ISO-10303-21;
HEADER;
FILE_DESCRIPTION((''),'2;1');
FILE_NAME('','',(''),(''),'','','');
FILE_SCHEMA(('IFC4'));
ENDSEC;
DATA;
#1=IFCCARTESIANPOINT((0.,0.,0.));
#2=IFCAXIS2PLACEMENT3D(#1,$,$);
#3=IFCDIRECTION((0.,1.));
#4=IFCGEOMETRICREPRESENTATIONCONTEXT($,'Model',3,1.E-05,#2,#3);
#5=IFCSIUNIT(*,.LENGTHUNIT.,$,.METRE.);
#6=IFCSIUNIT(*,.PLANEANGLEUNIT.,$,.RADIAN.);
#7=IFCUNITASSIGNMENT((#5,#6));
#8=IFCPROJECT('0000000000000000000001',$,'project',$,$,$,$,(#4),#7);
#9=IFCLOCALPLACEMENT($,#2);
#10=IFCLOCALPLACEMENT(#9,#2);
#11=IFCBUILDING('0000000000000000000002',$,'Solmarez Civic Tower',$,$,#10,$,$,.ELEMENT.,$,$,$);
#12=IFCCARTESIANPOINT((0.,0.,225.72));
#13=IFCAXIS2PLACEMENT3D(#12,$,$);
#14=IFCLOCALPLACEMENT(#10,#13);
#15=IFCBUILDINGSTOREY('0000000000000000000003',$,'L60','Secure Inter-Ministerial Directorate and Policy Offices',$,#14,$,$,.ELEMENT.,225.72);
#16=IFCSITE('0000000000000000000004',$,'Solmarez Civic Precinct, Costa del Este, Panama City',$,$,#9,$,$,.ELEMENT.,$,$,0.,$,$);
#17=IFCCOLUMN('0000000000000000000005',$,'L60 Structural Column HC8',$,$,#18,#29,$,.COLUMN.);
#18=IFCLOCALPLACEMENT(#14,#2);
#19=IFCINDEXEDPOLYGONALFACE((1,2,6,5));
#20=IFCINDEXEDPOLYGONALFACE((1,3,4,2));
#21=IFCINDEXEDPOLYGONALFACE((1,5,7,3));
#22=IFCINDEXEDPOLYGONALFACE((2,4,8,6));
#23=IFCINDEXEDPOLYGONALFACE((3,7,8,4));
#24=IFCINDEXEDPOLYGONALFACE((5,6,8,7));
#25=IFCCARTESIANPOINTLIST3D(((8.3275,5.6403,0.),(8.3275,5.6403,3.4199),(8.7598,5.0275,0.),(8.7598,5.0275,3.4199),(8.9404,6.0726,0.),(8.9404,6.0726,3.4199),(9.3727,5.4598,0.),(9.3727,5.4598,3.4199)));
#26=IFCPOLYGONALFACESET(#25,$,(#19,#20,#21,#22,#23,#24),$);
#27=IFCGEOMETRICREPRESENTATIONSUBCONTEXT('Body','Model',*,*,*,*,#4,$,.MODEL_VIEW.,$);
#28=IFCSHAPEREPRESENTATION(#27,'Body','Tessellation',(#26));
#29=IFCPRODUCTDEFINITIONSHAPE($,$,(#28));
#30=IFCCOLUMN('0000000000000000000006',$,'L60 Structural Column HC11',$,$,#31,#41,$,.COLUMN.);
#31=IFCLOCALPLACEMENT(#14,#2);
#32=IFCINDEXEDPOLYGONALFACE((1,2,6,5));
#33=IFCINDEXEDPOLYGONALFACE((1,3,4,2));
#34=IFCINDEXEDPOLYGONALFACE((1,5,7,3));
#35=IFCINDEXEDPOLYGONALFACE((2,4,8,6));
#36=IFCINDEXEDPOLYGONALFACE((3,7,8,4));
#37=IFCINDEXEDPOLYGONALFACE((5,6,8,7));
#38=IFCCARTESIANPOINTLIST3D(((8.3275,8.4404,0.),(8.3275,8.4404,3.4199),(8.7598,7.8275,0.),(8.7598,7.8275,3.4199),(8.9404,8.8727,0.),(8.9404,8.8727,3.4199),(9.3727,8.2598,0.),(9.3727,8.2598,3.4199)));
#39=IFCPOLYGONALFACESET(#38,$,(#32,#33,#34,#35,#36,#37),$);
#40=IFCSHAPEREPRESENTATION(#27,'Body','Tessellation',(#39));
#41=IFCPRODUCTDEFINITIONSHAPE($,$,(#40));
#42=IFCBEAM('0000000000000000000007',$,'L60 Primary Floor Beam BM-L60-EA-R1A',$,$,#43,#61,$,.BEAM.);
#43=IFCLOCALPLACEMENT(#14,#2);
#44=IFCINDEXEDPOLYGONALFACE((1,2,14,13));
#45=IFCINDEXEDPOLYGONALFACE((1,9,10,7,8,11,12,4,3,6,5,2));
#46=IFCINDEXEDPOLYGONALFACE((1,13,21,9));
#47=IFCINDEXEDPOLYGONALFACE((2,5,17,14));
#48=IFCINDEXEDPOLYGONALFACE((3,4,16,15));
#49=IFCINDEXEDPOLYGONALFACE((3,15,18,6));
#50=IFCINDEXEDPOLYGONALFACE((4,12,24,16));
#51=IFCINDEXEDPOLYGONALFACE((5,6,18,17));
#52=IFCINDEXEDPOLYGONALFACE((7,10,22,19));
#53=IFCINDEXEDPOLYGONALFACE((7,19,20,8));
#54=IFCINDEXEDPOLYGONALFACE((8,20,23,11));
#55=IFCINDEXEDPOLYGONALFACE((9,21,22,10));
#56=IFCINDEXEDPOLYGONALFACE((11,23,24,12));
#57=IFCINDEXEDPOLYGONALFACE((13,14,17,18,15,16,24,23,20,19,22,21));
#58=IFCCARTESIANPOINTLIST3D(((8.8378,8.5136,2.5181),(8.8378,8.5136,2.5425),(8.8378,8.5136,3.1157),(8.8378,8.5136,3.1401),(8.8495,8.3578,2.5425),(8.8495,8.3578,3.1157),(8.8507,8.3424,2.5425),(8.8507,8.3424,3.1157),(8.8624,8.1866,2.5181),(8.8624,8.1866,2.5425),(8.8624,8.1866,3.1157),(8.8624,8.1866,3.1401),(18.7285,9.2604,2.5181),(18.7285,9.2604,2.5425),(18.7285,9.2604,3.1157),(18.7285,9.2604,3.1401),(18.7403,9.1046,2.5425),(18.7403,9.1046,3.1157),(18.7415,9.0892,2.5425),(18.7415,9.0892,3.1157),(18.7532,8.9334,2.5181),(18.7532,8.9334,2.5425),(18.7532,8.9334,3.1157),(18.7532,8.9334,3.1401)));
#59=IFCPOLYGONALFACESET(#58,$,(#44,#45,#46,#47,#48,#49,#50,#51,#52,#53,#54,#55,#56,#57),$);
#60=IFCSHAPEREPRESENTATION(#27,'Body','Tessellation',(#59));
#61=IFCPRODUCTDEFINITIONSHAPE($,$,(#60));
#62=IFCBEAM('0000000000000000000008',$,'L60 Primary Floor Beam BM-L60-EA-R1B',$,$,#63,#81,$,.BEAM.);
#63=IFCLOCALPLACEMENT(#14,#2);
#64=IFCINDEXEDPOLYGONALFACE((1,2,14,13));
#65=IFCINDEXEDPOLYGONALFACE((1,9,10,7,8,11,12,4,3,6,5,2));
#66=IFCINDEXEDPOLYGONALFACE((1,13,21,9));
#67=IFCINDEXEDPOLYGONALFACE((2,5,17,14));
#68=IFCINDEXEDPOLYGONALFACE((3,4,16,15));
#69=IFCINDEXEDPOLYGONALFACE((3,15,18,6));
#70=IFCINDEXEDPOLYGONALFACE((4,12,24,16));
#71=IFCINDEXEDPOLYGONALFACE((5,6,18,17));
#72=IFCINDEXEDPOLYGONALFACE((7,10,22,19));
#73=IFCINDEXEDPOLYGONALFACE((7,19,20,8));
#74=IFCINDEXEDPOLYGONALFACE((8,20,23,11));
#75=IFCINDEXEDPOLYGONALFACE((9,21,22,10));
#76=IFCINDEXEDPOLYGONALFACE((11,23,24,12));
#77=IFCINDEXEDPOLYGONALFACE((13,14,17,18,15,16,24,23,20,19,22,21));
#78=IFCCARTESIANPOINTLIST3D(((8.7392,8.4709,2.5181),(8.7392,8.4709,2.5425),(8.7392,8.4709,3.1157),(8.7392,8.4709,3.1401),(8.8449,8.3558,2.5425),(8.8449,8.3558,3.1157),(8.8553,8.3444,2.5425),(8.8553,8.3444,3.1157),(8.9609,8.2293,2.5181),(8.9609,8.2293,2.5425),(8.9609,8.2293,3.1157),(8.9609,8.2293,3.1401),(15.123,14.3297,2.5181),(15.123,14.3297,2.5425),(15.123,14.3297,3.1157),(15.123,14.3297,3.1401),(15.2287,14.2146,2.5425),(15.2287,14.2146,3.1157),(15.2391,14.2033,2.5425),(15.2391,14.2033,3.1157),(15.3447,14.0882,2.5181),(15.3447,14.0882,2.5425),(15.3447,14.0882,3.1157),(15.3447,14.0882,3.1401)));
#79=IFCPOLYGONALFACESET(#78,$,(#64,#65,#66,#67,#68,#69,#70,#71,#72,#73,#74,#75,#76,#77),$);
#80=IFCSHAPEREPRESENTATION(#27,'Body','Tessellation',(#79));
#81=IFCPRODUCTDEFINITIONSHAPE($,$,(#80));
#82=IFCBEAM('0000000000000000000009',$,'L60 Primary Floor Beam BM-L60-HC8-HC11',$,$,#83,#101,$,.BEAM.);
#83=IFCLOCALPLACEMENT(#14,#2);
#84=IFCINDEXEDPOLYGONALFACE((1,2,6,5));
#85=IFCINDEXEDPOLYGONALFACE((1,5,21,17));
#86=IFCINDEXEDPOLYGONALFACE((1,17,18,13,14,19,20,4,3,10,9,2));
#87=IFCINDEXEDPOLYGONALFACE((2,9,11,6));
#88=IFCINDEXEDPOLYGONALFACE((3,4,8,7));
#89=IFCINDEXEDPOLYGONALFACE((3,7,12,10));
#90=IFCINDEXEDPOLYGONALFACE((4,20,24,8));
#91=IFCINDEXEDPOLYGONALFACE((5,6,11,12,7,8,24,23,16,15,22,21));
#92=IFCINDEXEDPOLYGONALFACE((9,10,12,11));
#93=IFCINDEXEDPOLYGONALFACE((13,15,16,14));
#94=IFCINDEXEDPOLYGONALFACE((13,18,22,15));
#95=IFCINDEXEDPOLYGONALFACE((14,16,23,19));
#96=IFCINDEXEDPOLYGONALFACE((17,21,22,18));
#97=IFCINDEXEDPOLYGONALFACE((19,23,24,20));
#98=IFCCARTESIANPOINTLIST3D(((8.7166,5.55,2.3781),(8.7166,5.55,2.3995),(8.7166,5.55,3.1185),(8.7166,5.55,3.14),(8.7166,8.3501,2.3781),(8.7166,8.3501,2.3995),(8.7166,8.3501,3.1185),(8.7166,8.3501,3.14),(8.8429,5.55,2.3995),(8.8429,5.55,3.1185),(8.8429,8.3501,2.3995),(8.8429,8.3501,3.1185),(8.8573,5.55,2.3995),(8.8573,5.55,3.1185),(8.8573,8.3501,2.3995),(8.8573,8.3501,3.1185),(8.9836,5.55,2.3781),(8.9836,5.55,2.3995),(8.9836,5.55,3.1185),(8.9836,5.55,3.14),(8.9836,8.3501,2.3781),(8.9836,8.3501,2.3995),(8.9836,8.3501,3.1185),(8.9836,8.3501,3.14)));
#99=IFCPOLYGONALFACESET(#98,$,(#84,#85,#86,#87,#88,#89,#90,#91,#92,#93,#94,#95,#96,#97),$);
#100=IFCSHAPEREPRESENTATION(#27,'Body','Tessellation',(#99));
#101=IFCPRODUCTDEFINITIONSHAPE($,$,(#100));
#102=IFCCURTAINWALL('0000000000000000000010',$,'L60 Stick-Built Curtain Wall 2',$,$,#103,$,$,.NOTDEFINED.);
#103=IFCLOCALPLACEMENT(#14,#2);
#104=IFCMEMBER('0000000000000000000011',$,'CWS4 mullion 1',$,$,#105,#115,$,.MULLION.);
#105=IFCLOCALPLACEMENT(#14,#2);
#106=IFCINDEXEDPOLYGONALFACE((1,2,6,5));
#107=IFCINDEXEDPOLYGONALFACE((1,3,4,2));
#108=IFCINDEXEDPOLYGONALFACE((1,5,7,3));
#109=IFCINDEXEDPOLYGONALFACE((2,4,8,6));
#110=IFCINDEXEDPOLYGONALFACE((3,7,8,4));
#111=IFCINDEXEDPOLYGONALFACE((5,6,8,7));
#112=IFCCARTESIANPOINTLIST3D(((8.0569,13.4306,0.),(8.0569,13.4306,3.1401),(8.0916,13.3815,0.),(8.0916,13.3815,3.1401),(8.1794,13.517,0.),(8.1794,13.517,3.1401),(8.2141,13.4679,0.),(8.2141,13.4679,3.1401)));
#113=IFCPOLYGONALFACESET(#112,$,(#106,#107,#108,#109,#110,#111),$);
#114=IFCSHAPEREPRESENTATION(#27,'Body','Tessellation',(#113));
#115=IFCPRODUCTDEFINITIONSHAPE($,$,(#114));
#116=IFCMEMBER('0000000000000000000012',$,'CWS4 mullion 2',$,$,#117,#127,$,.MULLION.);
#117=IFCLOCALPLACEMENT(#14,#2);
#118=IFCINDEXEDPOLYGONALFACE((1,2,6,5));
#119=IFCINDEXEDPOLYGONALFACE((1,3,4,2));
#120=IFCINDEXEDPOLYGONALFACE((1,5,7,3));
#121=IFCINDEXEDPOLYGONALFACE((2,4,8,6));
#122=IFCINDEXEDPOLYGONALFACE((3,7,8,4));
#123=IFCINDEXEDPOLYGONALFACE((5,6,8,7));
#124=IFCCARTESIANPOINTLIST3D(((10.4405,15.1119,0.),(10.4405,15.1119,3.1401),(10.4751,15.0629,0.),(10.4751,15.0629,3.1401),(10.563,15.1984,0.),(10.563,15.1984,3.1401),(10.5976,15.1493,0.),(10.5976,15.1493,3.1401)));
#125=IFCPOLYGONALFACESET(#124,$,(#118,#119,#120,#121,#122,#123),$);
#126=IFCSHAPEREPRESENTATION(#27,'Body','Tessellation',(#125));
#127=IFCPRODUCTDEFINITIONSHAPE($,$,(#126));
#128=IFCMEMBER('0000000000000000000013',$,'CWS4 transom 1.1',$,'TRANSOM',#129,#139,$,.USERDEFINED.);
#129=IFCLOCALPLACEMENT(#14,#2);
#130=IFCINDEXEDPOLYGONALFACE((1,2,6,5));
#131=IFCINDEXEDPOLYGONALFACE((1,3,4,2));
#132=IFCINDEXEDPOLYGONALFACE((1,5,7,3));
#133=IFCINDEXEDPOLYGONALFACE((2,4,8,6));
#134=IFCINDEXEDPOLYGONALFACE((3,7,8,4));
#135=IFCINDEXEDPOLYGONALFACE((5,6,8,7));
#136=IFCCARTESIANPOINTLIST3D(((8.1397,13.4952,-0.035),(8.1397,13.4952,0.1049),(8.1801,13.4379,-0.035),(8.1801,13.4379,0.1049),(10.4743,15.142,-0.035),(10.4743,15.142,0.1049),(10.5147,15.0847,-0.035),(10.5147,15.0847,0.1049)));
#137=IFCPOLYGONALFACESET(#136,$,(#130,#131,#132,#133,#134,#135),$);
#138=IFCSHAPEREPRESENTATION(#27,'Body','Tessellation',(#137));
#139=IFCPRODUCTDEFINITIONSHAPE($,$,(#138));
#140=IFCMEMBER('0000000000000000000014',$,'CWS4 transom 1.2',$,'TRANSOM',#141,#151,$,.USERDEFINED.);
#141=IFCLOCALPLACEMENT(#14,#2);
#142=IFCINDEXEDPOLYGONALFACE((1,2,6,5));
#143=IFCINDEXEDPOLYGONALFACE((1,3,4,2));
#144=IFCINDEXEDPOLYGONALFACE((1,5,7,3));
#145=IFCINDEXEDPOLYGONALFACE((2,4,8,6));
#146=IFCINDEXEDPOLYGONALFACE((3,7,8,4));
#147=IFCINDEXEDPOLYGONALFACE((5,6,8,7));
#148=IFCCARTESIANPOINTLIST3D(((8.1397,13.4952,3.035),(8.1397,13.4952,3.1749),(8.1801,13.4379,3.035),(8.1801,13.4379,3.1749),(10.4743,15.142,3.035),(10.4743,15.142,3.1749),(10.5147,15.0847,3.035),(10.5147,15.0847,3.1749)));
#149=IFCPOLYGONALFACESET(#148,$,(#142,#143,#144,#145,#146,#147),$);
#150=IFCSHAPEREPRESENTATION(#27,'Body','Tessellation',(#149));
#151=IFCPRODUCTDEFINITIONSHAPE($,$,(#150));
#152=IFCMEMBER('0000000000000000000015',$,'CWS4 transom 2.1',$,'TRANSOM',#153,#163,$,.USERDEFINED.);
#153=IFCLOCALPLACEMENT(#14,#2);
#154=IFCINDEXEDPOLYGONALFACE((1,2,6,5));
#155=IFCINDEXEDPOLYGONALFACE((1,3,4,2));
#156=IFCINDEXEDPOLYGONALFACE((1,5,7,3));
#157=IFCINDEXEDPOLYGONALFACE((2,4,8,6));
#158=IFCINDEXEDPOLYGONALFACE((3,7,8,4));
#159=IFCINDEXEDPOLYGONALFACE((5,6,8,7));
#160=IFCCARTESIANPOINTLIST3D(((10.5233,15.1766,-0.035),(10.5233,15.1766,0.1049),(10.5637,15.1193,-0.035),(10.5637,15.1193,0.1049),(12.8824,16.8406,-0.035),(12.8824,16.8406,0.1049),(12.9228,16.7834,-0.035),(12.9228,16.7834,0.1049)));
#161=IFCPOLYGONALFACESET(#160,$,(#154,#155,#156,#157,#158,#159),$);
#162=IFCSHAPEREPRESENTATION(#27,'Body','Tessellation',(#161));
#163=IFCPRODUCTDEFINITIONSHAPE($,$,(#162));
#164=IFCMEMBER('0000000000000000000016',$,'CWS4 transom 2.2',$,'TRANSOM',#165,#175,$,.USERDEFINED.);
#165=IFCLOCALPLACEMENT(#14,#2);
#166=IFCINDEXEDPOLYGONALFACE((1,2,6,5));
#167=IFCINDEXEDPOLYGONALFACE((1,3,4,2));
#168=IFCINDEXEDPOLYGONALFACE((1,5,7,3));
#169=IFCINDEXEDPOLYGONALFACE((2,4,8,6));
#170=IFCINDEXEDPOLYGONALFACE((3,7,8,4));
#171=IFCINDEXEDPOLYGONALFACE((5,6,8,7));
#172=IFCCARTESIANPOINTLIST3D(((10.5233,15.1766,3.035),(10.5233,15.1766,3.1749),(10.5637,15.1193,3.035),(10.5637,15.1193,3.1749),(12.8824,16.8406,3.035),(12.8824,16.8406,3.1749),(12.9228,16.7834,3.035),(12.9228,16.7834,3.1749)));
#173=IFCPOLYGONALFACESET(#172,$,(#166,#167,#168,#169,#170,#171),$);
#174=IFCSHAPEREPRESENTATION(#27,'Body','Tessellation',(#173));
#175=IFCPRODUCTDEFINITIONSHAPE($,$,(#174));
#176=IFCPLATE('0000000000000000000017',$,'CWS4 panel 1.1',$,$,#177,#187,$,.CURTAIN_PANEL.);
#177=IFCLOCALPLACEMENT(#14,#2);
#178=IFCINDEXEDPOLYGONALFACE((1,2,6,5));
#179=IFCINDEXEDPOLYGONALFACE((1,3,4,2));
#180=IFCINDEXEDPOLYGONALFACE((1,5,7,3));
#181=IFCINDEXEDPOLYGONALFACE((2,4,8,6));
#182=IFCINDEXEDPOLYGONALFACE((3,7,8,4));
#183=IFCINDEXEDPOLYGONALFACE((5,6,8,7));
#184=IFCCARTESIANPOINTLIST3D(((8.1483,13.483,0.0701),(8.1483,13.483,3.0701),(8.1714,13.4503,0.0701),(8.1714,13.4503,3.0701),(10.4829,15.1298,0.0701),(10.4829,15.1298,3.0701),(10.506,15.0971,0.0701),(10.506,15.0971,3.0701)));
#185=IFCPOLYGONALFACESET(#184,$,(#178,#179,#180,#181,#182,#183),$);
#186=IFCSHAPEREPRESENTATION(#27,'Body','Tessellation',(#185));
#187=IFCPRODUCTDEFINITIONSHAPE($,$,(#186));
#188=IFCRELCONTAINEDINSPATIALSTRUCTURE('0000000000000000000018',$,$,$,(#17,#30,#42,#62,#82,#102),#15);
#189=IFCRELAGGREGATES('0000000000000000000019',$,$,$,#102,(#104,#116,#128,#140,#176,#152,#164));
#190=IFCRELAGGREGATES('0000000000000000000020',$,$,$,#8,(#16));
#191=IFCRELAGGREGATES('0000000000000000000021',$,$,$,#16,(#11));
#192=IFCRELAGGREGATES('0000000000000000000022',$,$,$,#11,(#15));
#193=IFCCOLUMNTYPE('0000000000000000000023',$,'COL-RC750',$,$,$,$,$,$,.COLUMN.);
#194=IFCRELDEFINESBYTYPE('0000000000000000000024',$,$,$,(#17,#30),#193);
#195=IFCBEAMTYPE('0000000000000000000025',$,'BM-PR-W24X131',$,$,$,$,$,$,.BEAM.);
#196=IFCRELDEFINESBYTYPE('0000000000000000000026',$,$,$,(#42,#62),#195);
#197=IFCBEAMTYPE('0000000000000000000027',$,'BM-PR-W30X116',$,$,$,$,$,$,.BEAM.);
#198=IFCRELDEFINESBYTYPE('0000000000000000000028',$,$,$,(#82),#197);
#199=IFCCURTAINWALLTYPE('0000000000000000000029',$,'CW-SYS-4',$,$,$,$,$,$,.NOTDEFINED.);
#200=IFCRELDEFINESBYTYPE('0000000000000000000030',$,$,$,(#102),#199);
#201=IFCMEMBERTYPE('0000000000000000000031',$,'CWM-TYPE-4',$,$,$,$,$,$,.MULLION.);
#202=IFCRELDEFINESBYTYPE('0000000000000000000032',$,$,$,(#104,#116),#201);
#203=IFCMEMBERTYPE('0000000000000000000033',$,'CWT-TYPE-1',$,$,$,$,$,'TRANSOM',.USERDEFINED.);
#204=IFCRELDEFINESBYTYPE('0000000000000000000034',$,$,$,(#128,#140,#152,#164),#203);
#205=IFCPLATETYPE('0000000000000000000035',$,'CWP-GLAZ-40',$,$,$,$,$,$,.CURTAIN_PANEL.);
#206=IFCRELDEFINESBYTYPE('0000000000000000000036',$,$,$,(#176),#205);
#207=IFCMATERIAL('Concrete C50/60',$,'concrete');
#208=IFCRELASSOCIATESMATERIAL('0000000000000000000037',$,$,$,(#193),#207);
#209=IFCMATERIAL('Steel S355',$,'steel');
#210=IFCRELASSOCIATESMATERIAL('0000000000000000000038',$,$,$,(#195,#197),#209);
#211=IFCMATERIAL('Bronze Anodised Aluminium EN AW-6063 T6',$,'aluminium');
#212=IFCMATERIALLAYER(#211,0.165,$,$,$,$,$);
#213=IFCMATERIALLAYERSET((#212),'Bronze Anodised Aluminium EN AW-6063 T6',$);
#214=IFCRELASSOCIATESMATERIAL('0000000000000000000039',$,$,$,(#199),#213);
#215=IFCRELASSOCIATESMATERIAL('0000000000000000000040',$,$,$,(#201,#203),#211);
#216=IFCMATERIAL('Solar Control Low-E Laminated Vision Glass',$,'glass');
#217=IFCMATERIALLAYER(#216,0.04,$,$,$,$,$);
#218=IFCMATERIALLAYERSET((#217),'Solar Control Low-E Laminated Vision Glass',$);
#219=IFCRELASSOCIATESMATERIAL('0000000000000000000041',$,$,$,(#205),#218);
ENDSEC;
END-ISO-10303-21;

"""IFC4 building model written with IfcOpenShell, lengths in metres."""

from ifc_helpers import new_model, si_unit, direction, frame, origin, origin_2d, place, context, subcontext, project, spatial, rectangle, i_section, extrude, material, layer, layer_set, material_profile, profile_set, type_object, element, aggregate, save


model = new_model("IFC4")

# Units and contexts
model_context = context("Model", 3, precision=1e-05, world=origin(), true_north=direction((0.0, 1.0)))
body_context = subcontext(model_context, "Body", "Model", "MODEL_VIEW")
ifc_project = project(units=[si_unit("LENGTHUNIT", "METRE"), si_unit("PLANEANGLEUNIT", "RADIAN")], contexts=[model_context])

# Site, building, storey
site_placement = place(None, origin())
site = spatial("IfcSite", under=ifc_project, at=site_placement, Name="Solmarez Civic Precinct, Costa del Este, Panama City", CompositionType="ELEMENT", RefElevation=0.0)
building_placement = place(site_placement, origin())
building = spatial("IfcBuilding", under=site, at=building_placement, Name="Solmarez Civic Tower", CompositionType="ELEMENT")
storey_placement = place(building_placement, frame((0.0, 0.0, 225.72)))
storey = spatial("IfcBuildingStorey", under=building, at=storey_placement, Name="L60", Description="Secure Inter-Ministerial Directorate and Policy Offices", CompositionType="ELEMENT", Elevation=225.72)

# Columns
ifc_material_1 = material(Name="Concrete C50/60", Category="concrete")
ifc_material_profile_1 = material_profile(ifc_material_1, rectangle(XDim=0.75, YDim=0.75, at=origin_2d()), Name="RC750X750")
ifc_profile_set_1 = profile_set([ifc_material_profile_1], Name="Concrete C50/60")
column_type = type_object("IfcColumnType", Name="COL-RC750", PredefinedType="COLUMN", material=ifc_profile_set_1)
for number, where, z_axis, x_axis, name in (
    (1, (8.8501, 5.55, 0.0), (0.0, 0.0, 1.0), (0.817145, 0.576432, 0.0), "L60 Structural Column HC8"),
    (2, (8.8501, 8.3501, 0.0), (0.0, 0.0, 1.0), (0.817145, 0.576432, 0.0), "L60 Structural Column HC11"),
):
    element("IfcColumn", number, at=place(storey_placement, frame(where, z_axis=z_axis, x_axis=x_axis)), inside=storey, type_object=column_type, Name=name, PredefinedType="COLUMN", context=body_context, shape_type="SweptSolid", body=[
        extrude(rectangle(XDim=0.75, YDim=0.75, at=origin_2d()), origin(), (0.0, 0.0, 1.0), 3.4199),
    ])

# Beams
ifc_material_2 = material(Name="Steel S355", Category="steel")
ifc_material_profile_2 = material_profile(ifc_material_2, i_section(OverallWidth=0.3279, OverallDepth=0.6221, WebThickness=0.0154, FlangeThickness=0.0244, at=origin_2d()), Name="W24X131")
ifc_profile_set_2 = profile_set([ifc_material_profile_2], Name="Steel S355")
beam_type_1 = type_object("IfcBeamType", Name="BM-PR-W24X131", PredefinedType="BEAM", material=ifc_profile_set_2)
beam_1_placement = place(storey_placement, frame((8.8501, 8.3501, 2.8291), z_axis=(0.997162, 0.075292, 0.0), x_axis=(-0.075292, 0.997162, 0.0)))
element("IfcBeam", 3, at=beam_1_placement, inside=storey, type_object=beam_type_1, Name="L60 Primary Floor Beam BM-L60-EA-R1A", PredefinedType="BEAM", context=body_context, shape_type="SweptSolid", body=[
    extrude(i_section(OverallWidth=0.3279, OverallDepth=0.6221, WebThickness=0.0154, FlangeThickness=0.0244, at=origin_2d()), origin(), (0.0, 0.0, 1.0), 9.9189),
])
beam_2_placement = place(storey_placement, frame((8.8501, 8.3501, 2.8291), z_axis=(0.736747, 0.676169, 0.0), x_axis=(-0.676169, 0.736747, 0.0)))
element("IfcBeam", 4, at=beam_2_placement, inside=storey, type_object=beam_type_1, Name="L60 Primary Floor Beam BM-L60-EA-R1B", PredefinedType="BEAM", context=body_context, shape_type="SweptSolid", body=[
    extrude(i_section(OverallWidth=0.3279, OverallDepth=0.6221, WebThickness=0.0154, FlangeThickness=0.0244, at=origin_2d()), origin(), (0.0, 0.0, 1.0), 8.6648),
])
ifc_material_profile_3 = material_profile(ifc_material_2, i_section(OverallWidth=0.2671, OverallDepth=0.762, WebThickness=0.0144, FlangeThickness=0.0215, at=origin_2d()), Name="W30X116")
ifc_profile_set_3 = profile_set([ifc_material_profile_3], Name="Steel S355")
beam_type_2 = type_object("IfcBeamType", Name="BM-PR-W30X116", PredefinedType="BEAM", material=ifc_profile_set_3)
beam_3_placement = place(storey_placement, frame((8.8501, 5.55, 2.759), z_axis=(0.0, 1.0, 0.0), x_axis=(-1.0, 0.0, 0.0)))
element("IfcBeam", 5, at=beam_3_placement, inside=storey, type_object=beam_type_2, Name="L60 Primary Floor Beam BM-L60-HC8-HC11", PredefinedType="BEAM", context=body_context, shape_type="SweptSolid", body=[
    extrude(i_section(OverallWidth=0.2671, OverallDepth=0.762, WebThickness=0.0144, FlangeThickness=0.0215, at=origin_2d()), origin(), (0.0, 0.0, 1.0), 2.8),
])

# Curtain wall, members, plate
ifc_material_3 = material(Name="Bronze Anodised Aluminium EN AW-6063 T6", Category="aluminium")
ifc_layer_1 = layer(ifc_material_3, 0.165)
ifc_layer_set_1 = layer_set([ifc_layer_1], Name="Bronze Anodised Aluminium EN AW-6063 T6")
curtain_wall_type = type_object("IfcCurtainWallType", Name="CW-SYS-4", PredefinedType="NOTDEFINED", material=ifc_layer_set_1)
curtain_wall_placement = place(storey_placement, origin())
curtain_wall = element("IfcCurtainWall", 6, at=curtain_wall_placement, inside=storey, type_object=curtain_wall_type, Name="L60 Stick-Built Curtain Wall 2", PredefinedType="NOTDEFINED")
ifc_material_profile_4 = material_profile(ifc_material_3, rectangle(XDim=0.0601, YDim=0.1499, at=origin_2d()), Name="CWM-60X150")
ifc_profile_set_4 = profile_set([ifc_material_profile_4], Name="Bronze Anodised Aluminium EN AW-6063 T6")
member_type_1 = type_object("IfcMemberType", Name="CWM-TYPE-4", PredefinedType="MULLION", material=ifc_profile_set_4)
member_1_placement = place(storey_placement, frame((8.1355, 13.4492, 0.0), z_axis=(0.0, 0.0, 1.0), x_axis=(-0.576434, 0.817143, 0.0)))
member_1 = element("IfcMember", 7, at=member_1_placement, type_object=member_type_1, Name="CWS4 mullion 1", PredefinedType="MULLION", context=body_context, shape_type="SweptSolid", body=[
    extrude(rectangle(XDim=0.0601, YDim=0.1499, at=origin_2d()), origin(), (0.0, 0.0, 1.0), 3.1401),
])
member_2_placement = place(storey_placement, frame((10.519, 15.1306, 0.0), z_axis=(0.0, 0.0, 1.0), x_axis=(-0.576434, 0.817143, 0.0)))
member_2 = element("IfcMember", 8, at=member_2_placement, type_object=member_type_1, Name="CWS4 mullion 2", PredefinedType="MULLION", context=body_context, shape_type="SweptSolid", body=[
    extrude(rectangle(XDim=0.0601, YDim=0.1499, at=origin_2d()), origin(), (0.0, 0.0, 1.0), 3.1401),
])
ifc_material_profile_5 = material_profile(ifc_material_3, rectangle(XDim=0.0701, YDim=0.1399, at=origin_2d()), Name="CWT-70X140")
ifc_profile_set_5 = profile_set([ifc_material_profile_5], Name="Bronze Anodised Aluminium EN AW-6063 T6")
member_type_2 = type_object("IfcMemberType", Name="CWT-TYPE-1", ElementType="TRANSOM", PredefinedType="USERDEFINED", material=ifc_profile_set_5)
member_3_placement = place(storey_placement, frame((8.1599, 13.4666, 0.0349), z_axis=(0.817155, 0.576418, 0.0), x_axis=(-0.576418, 0.817155, 0.0)))
member_3 = element("IfcMember", 9, at=member_3_placement, type_object=member_type_2, Name="CWS4 transom 1.1", ObjectType="TRANSOM", PredefinedType="USERDEFINED", context=body_context, shape_type="SweptSolid", body=[
    extrude(rectangle(XDim=0.0701, YDim=0.1399, at=origin_2d()), origin(), (0.0, 0.0, 1.0), 2.8569),
])
member_4_placement = place(storey_placement, frame((8.1599, 13.4666, 3.105), z_axis=(0.817155, 0.576418, 0.0), x_axis=(-0.576418, 0.817155, 0.0)))
member_4 = element("IfcMember", 10, at=member_4_placement, type_object=member_type_2, Name="CWS4 transom 1.2", ObjectType="TRANSOM", PredefinedType="USERDEFINED", context=body_context, shape_type="SweptSolid", body=[
    extrude(rectangle(XDim=0.0701, YDim=0.1399, at=origin_2d()), origin(), (0.0, 0.0, 1.0), 2.8569),
])
member_5_placement = place(storey_placement, frame((10.5435, 15.1479, 0.0349), z_axis=(0.817165, 0.576404, 0.0), x_axis=(-0.576404, 0.817165, 0.0)))
member_5 = element("IfcMember", 11, at=member_5_placement, type_object=member_type_2, Name="CWS4 transom 2.1", ObjectType="TRANSOM", PredefinedType="USERDEFINED", context=body_context, shape_type="SweptSolid", body=[
    extrude(rectangle(XDim=0.0701, YDim=0.1399, at=origin_2d()), origin(), (0.0, 0.0, 1.0), 2.887),
])
member_6_placement = place(storey_placement, frame((10.5435, 15.1479, 3.105), z_axis=(0.817165, 0.576404, 0.0), x_axis=(-0.576404, 0.817165, 0.0)))
member_6 = element("IfcMember", 12, at=member_6_placement, type_object=member_type_2, Name="CWS4 transom 2.2", ObjectType="TRANSOM", PredefinedType="USERDEFINED", context=body_context, shape_type="SweptSolid", body=[
    extrude(rectangle(XDim=0.0701, YDim=0.1399, at=origin_2d()), origin(), (0.0, 0.0, 1.0), 2.887),
])
ifc_material_4 = material(Name="Solar Control Low-E Laminated Vision Glass", Category="glass")
ifc_layer_2 = layer(ifc_material_4, 0.04)
ifc_layer_set_2 = layer_set([ifc_layer_2], Name="Solar Control Low-E Laminated Vision Glass")
plate_type = type_object("IfcPlateType", Name="CWP-GLAZ-40", PredefinedType="CURTAIN_PANEL", material=ifc_layer_set_2)
plate_1_placement = place(storey_placement, frame((9.3271, 14.29, 0.0701), z_axis=(0.0, 0.0, 1.0), x_axis=(0.817143, 0.576434, 0.0)))
plate_1 = element("IfcPlate", 13, at=plate_1_placement, type_object=plate_type, Name="CWS4 panel 1.1", PredefinedType="CURTAIN_PANEL", context=body_context, shape_type="SweptSolid", body=[
    extrude(rectangle(XDim=2.8569, YDim=0.04, at=origin_2d()), origin(), (0.0, 0.0, 1.0), 3.0),
])
aggregate(curtain_wall, [member_1, member_2, member_3, member_4, plate_1, member_5, member_6])

save(model, "model.ifc")
